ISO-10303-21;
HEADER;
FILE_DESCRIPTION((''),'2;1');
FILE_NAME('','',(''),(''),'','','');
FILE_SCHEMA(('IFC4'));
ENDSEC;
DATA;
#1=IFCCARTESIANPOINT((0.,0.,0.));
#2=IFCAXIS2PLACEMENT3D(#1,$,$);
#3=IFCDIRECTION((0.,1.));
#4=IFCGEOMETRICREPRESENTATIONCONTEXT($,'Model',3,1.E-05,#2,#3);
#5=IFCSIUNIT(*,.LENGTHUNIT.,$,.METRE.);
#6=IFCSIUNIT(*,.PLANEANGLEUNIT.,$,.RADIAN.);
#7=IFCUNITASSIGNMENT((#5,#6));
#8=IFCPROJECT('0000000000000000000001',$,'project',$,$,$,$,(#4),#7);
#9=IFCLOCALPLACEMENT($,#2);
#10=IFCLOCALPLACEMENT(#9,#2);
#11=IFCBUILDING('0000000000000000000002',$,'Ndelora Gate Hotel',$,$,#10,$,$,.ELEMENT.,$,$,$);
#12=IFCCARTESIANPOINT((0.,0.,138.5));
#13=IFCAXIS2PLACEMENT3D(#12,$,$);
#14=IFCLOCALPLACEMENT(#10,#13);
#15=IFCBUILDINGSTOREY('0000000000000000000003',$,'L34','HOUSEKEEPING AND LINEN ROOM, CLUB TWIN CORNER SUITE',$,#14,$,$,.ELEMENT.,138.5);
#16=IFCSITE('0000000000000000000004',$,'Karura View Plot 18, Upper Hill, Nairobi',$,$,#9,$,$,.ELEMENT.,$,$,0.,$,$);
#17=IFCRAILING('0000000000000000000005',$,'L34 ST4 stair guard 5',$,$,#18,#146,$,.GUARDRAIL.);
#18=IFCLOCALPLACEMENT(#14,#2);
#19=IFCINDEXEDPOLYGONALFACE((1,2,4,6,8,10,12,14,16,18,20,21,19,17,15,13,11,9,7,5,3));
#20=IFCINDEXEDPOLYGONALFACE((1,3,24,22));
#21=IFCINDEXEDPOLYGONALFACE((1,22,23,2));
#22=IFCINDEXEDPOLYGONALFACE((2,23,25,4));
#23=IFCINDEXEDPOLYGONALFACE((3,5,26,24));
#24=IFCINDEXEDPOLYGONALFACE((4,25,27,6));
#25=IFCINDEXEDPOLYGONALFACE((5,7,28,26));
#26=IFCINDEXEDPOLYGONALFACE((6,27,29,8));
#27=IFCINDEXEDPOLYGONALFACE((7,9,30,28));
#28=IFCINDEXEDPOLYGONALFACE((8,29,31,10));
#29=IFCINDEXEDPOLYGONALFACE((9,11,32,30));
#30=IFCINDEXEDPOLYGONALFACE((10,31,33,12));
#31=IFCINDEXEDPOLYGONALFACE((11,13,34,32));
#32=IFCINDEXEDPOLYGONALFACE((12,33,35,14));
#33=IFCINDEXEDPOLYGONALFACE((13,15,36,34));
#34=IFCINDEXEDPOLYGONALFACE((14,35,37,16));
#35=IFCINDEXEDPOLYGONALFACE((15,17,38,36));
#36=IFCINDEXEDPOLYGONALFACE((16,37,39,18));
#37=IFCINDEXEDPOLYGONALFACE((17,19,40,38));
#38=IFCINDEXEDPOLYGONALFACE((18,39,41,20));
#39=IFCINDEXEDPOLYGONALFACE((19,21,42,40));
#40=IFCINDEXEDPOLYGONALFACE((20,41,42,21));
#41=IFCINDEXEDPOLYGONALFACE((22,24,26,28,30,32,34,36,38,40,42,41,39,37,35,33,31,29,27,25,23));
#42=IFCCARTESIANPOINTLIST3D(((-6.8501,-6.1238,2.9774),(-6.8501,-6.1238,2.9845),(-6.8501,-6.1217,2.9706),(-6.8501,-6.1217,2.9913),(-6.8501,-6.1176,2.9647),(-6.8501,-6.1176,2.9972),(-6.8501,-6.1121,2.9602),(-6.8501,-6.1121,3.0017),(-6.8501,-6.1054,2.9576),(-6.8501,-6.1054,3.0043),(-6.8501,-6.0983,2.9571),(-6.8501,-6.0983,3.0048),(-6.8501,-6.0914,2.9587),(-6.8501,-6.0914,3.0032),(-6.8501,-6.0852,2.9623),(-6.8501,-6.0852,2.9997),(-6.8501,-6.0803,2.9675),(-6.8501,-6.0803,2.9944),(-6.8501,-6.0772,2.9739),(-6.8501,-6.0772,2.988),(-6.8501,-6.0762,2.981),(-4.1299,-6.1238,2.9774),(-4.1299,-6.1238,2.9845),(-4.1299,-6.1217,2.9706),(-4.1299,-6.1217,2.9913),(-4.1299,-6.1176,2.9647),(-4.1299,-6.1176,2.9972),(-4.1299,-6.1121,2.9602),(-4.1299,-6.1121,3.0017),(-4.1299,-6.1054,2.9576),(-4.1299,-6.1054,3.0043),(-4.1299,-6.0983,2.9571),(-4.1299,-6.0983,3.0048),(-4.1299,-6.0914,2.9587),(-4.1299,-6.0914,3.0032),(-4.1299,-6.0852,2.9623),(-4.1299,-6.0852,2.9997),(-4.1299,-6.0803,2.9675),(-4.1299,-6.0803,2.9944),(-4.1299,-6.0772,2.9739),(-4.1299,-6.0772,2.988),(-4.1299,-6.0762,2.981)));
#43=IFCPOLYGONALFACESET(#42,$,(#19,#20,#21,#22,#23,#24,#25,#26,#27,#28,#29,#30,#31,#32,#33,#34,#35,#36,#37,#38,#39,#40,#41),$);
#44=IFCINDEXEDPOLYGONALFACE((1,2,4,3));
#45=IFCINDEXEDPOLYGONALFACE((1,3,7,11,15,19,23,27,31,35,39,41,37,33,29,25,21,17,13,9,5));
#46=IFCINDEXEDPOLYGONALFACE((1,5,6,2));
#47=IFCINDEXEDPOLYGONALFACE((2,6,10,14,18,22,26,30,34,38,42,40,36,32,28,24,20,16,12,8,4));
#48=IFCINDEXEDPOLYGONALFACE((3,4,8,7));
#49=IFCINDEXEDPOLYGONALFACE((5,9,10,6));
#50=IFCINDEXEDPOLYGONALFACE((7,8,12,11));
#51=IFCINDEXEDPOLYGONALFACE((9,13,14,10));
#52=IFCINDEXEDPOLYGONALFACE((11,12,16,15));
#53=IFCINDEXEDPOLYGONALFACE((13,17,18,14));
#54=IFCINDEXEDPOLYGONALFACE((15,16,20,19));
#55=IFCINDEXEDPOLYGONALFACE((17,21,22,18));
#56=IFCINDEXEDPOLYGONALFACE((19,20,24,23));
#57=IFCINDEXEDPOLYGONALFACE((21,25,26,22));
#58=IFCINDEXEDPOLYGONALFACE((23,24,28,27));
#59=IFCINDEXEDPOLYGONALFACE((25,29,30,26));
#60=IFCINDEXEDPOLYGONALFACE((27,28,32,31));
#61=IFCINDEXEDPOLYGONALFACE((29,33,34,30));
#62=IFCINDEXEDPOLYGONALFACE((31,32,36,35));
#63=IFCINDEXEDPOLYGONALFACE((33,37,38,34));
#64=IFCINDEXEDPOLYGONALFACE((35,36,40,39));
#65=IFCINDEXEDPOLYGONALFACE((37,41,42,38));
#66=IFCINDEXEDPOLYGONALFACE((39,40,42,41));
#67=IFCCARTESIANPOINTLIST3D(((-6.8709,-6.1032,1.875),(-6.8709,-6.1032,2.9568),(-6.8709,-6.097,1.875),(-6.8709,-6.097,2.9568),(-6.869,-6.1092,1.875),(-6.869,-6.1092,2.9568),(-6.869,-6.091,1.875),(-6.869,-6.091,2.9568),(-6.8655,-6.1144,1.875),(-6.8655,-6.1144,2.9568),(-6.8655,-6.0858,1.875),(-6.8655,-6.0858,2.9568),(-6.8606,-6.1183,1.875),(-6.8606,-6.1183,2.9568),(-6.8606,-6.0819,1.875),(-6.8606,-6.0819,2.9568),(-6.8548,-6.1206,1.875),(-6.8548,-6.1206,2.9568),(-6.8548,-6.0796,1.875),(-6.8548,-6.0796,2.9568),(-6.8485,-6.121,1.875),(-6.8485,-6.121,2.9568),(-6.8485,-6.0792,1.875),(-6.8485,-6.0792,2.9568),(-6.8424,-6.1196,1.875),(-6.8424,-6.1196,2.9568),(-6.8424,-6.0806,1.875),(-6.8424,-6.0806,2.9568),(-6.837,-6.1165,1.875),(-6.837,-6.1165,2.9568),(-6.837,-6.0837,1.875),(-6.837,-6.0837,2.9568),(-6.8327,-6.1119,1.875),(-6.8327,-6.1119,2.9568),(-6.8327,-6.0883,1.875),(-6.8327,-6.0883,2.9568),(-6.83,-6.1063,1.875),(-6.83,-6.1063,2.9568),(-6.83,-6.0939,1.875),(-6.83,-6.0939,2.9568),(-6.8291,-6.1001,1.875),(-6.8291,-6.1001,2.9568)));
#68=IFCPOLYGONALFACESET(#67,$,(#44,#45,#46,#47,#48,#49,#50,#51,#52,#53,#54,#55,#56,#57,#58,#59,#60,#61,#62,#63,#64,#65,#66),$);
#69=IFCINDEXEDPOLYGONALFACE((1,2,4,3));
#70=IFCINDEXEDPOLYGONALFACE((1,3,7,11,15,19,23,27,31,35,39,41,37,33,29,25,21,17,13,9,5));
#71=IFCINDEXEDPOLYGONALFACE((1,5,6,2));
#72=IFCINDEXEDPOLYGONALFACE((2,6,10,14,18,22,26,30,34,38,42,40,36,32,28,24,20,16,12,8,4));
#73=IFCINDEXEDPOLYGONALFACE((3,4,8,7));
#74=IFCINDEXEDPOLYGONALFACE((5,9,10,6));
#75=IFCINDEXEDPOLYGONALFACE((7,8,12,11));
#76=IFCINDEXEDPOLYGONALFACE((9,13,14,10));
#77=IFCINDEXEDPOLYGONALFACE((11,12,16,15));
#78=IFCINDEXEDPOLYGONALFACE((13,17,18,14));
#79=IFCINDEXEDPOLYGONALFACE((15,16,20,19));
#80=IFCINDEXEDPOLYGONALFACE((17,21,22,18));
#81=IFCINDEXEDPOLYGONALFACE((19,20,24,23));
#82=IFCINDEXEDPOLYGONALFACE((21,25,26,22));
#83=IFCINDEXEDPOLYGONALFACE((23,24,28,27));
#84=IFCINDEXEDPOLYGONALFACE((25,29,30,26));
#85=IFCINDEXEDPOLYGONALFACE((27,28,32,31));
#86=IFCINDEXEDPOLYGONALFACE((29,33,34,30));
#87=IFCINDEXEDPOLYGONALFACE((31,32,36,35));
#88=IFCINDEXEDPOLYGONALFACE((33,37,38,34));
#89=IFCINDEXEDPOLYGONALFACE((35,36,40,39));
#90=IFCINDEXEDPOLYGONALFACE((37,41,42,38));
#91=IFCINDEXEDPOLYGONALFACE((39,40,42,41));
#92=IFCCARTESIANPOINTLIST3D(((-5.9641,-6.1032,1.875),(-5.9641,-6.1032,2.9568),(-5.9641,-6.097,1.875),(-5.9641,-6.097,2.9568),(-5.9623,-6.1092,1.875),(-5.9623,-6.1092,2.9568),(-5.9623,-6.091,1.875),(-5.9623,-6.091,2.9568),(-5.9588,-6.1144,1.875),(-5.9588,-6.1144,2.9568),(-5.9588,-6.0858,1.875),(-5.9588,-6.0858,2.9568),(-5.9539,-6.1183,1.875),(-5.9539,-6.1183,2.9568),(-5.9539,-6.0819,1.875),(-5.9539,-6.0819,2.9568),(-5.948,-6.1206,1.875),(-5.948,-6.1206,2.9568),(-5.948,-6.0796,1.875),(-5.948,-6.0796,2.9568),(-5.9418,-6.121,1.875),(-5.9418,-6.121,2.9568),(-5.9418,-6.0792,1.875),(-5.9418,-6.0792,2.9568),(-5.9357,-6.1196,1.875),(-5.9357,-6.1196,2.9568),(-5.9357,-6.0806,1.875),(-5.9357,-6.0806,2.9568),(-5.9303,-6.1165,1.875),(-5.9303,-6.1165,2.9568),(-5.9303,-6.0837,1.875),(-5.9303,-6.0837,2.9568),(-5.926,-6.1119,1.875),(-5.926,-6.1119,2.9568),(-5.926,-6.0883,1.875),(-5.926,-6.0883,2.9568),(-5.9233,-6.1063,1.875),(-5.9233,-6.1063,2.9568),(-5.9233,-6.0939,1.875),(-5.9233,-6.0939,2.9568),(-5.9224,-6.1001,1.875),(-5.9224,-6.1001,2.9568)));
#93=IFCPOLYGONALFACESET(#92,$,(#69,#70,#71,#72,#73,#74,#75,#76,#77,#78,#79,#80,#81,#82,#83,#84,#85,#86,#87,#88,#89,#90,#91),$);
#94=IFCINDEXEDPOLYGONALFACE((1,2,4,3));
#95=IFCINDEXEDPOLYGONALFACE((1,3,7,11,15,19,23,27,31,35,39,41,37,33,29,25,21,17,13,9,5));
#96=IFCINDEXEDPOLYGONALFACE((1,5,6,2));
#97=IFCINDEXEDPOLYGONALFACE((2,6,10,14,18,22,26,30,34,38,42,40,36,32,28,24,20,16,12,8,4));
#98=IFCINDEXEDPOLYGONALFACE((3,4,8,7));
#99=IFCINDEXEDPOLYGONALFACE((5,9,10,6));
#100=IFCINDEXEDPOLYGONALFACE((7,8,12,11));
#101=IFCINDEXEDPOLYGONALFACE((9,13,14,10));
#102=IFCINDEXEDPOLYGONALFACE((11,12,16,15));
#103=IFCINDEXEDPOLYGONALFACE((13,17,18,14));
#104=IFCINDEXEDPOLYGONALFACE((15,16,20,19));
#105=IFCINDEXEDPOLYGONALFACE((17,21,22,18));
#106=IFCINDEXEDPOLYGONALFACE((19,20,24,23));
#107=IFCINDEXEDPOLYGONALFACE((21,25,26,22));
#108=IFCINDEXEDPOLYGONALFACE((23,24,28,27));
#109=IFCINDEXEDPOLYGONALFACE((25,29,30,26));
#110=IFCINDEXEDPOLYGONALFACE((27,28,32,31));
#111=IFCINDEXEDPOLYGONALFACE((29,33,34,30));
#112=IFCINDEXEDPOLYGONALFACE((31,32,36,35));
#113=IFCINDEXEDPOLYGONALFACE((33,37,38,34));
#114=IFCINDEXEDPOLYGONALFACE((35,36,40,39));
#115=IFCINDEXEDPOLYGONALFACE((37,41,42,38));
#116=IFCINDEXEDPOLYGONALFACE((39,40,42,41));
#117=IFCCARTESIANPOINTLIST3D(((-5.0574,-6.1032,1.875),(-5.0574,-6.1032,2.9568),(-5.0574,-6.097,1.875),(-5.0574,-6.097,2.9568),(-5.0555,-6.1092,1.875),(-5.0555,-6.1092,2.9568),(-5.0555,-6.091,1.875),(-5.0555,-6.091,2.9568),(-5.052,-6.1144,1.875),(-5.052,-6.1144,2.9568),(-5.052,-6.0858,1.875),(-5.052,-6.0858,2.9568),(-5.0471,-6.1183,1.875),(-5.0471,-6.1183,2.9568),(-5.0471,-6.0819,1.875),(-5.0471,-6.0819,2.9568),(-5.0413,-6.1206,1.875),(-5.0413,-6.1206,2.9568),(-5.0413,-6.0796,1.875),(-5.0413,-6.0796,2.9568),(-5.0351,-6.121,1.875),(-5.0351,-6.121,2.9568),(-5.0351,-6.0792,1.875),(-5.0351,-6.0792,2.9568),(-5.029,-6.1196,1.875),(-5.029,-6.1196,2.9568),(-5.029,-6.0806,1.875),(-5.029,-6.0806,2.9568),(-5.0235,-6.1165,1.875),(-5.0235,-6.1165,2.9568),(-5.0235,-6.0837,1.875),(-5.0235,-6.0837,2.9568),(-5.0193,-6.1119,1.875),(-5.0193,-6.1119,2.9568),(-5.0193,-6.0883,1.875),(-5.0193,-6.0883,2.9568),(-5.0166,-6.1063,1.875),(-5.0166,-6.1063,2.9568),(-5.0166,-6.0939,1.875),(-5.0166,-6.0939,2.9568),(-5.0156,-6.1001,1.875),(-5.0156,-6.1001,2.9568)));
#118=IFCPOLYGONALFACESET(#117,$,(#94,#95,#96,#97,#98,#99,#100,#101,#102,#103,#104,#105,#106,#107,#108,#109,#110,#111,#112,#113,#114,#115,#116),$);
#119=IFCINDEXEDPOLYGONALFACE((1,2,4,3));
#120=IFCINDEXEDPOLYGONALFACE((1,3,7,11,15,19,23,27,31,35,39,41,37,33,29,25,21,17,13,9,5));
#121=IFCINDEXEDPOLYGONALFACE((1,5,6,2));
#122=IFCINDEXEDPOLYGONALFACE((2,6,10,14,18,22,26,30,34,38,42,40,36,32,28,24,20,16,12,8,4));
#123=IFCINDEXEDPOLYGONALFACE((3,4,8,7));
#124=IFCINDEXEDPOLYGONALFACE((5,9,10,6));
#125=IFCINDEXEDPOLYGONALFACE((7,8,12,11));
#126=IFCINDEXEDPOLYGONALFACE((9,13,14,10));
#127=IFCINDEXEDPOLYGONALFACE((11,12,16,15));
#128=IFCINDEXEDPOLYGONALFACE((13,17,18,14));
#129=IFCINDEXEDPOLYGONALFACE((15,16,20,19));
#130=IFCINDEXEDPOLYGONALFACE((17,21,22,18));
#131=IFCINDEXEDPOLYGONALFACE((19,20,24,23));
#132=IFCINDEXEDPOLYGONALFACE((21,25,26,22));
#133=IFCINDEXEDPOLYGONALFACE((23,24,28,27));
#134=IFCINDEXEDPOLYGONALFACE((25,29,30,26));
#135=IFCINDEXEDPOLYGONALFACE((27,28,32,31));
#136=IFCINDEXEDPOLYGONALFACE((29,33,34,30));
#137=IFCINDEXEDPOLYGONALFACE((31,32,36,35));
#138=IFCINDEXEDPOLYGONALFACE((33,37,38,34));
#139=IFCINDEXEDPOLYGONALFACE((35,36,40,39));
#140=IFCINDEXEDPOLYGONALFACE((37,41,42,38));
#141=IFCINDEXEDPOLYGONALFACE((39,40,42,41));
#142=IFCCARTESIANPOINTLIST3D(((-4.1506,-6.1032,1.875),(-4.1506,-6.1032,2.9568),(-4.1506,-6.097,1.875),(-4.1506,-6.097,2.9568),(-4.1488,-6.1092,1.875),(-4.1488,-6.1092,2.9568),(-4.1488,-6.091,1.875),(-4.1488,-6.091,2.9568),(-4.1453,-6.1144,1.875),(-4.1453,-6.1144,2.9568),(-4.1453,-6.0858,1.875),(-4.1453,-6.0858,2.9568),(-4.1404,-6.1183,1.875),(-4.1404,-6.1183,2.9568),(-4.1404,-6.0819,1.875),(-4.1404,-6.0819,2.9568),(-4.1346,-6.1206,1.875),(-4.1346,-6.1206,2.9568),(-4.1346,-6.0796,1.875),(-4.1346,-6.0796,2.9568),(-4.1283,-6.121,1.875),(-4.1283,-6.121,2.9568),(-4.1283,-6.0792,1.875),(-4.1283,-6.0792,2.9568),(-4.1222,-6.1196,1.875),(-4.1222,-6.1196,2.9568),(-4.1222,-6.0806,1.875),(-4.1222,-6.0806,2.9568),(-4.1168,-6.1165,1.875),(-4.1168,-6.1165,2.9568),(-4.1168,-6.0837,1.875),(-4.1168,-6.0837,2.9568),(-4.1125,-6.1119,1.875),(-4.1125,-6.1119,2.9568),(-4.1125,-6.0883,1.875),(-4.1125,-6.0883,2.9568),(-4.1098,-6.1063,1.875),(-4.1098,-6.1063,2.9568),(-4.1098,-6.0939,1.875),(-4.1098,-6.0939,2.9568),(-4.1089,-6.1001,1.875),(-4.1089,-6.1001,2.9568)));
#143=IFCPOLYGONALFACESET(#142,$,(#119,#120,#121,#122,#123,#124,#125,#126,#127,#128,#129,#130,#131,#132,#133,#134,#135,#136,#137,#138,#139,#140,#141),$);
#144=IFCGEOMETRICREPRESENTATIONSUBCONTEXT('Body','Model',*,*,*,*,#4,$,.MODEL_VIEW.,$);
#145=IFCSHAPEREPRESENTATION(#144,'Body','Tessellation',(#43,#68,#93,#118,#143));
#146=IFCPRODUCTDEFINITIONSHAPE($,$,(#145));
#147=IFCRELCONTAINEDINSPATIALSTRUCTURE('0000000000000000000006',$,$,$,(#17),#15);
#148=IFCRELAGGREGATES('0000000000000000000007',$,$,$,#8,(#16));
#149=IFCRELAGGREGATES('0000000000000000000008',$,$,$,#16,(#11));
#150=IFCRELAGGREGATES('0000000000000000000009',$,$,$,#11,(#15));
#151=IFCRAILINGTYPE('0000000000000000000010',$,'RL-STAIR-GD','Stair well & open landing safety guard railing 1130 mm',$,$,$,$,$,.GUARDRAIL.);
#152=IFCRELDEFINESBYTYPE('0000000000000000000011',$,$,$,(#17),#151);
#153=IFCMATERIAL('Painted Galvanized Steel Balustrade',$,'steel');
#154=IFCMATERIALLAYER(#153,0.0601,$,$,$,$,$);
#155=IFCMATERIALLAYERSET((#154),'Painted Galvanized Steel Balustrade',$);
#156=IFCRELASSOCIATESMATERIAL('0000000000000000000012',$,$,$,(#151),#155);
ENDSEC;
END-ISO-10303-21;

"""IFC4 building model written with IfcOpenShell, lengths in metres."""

from ifc_helpers import new_model, si_unit, direction, frame, origin, origin_2d, place, context, subcontext, project, spatial, circle, extrude, material, layer, layer_set, type_object, element, save


model = new_model("IFC4")

# Units and contexts
model_context = context("Model", 3, precision=1e-05, world=origin(), true_north=direction((0.0, 1.0)))
body_context = subcontext(model_context, "Body", "Model", "MODEL_VIEW")
ifc_project = project(units=[si_unit("LENGTHUNIT", "METRE"), si_unit("PLANEANGLEUNIT", "RADIAN")], contexts=[model_context])

# Site, building, storey
site_placement = place(None, origin())
site = spatial("IfcSite", under=ifc_project, at=site_placement, Name="Karura View Plot 18, Upper Hill, Nairobi", CompositionType="ELEMENT", RefElevation=0.0)
building_placement = place(site_placement, origin())
building = spatial("IfcBuilding", under=site, at=building_placement, Name="Ndelora Gate Hotel", CompositionType="ELEMENT")
storey_placement = place(building_placement, frame((0.0, 0.0, 138.5)))
storey = spatial("IfcBuildingStorey", under=building, at=storey_placement, Name="L34", Description="HOUSEKEEPING AND LINEN ROOM, CLUB TWIN CORNER SUITE", CompositionType="ELEMENT", Elevation=138.5)

# Railing
ifc_material_1 = material(Name="Painted Galvanized Steel Balustrade", Category="steel")
ifc_layer_1 = layer(ifc_material_1, 0.0601)
ifc_layer_set_1 = layer_set([ifc_layer_1], Name="Painted Galvanized Steel Balustrade")
railing_type = type_object("IfcRailingType", Name="RL-STAIR-GD", Description="Stair well & open landing safety guard railing 1130 mm", PredefinedType="GUARDRAIL", material=ifc_layer_set_1)
railing_1_placement = place(storey_placement, frame((-6.8501, -6.1001, 1.875)))
element("IfcRailing", 1, at=railing_1_placement, inside=storey, type_object=railing_type, Name="L34 ST4 stair guard 5", PredefinedType="GUARDRAIL", context=body_context, shape_type="SweptSolid", body=[
    extrude(circle(Radius=0.0239, at=origin_2d()), frame((0.0, 0.0, 1.106), z_axis=(1.0, 0.0, 0.0), x_axis=(0.0, 1.0, 0.0)), (0.0, 0.0, 1.0), 2.7202),
    extrude(circle(Radius=0.021, at=origin_2d()), origin(), (0.0, 0.0, 1.0), 1.0818),
    extrude(circle(Radius=0.021, at=origin_2d()), frame((0.9067, 0.0, 0.0)), (0.0, 0.0, 1.0), 1.0818),
    extrude(circle(Radius=0.021, at=origin_2d()), frame((1.8135, 0.0, 0.0)), (0.0, 0.0, 1.0), 1.0818),
    extrude(circle(Radius=0.021, at=origin_2d()), frame((2.7202, 0.0, 0.0)), (0.0, 0.0, 1.0), 1.0818),
])

save(model, "model.ifc")
